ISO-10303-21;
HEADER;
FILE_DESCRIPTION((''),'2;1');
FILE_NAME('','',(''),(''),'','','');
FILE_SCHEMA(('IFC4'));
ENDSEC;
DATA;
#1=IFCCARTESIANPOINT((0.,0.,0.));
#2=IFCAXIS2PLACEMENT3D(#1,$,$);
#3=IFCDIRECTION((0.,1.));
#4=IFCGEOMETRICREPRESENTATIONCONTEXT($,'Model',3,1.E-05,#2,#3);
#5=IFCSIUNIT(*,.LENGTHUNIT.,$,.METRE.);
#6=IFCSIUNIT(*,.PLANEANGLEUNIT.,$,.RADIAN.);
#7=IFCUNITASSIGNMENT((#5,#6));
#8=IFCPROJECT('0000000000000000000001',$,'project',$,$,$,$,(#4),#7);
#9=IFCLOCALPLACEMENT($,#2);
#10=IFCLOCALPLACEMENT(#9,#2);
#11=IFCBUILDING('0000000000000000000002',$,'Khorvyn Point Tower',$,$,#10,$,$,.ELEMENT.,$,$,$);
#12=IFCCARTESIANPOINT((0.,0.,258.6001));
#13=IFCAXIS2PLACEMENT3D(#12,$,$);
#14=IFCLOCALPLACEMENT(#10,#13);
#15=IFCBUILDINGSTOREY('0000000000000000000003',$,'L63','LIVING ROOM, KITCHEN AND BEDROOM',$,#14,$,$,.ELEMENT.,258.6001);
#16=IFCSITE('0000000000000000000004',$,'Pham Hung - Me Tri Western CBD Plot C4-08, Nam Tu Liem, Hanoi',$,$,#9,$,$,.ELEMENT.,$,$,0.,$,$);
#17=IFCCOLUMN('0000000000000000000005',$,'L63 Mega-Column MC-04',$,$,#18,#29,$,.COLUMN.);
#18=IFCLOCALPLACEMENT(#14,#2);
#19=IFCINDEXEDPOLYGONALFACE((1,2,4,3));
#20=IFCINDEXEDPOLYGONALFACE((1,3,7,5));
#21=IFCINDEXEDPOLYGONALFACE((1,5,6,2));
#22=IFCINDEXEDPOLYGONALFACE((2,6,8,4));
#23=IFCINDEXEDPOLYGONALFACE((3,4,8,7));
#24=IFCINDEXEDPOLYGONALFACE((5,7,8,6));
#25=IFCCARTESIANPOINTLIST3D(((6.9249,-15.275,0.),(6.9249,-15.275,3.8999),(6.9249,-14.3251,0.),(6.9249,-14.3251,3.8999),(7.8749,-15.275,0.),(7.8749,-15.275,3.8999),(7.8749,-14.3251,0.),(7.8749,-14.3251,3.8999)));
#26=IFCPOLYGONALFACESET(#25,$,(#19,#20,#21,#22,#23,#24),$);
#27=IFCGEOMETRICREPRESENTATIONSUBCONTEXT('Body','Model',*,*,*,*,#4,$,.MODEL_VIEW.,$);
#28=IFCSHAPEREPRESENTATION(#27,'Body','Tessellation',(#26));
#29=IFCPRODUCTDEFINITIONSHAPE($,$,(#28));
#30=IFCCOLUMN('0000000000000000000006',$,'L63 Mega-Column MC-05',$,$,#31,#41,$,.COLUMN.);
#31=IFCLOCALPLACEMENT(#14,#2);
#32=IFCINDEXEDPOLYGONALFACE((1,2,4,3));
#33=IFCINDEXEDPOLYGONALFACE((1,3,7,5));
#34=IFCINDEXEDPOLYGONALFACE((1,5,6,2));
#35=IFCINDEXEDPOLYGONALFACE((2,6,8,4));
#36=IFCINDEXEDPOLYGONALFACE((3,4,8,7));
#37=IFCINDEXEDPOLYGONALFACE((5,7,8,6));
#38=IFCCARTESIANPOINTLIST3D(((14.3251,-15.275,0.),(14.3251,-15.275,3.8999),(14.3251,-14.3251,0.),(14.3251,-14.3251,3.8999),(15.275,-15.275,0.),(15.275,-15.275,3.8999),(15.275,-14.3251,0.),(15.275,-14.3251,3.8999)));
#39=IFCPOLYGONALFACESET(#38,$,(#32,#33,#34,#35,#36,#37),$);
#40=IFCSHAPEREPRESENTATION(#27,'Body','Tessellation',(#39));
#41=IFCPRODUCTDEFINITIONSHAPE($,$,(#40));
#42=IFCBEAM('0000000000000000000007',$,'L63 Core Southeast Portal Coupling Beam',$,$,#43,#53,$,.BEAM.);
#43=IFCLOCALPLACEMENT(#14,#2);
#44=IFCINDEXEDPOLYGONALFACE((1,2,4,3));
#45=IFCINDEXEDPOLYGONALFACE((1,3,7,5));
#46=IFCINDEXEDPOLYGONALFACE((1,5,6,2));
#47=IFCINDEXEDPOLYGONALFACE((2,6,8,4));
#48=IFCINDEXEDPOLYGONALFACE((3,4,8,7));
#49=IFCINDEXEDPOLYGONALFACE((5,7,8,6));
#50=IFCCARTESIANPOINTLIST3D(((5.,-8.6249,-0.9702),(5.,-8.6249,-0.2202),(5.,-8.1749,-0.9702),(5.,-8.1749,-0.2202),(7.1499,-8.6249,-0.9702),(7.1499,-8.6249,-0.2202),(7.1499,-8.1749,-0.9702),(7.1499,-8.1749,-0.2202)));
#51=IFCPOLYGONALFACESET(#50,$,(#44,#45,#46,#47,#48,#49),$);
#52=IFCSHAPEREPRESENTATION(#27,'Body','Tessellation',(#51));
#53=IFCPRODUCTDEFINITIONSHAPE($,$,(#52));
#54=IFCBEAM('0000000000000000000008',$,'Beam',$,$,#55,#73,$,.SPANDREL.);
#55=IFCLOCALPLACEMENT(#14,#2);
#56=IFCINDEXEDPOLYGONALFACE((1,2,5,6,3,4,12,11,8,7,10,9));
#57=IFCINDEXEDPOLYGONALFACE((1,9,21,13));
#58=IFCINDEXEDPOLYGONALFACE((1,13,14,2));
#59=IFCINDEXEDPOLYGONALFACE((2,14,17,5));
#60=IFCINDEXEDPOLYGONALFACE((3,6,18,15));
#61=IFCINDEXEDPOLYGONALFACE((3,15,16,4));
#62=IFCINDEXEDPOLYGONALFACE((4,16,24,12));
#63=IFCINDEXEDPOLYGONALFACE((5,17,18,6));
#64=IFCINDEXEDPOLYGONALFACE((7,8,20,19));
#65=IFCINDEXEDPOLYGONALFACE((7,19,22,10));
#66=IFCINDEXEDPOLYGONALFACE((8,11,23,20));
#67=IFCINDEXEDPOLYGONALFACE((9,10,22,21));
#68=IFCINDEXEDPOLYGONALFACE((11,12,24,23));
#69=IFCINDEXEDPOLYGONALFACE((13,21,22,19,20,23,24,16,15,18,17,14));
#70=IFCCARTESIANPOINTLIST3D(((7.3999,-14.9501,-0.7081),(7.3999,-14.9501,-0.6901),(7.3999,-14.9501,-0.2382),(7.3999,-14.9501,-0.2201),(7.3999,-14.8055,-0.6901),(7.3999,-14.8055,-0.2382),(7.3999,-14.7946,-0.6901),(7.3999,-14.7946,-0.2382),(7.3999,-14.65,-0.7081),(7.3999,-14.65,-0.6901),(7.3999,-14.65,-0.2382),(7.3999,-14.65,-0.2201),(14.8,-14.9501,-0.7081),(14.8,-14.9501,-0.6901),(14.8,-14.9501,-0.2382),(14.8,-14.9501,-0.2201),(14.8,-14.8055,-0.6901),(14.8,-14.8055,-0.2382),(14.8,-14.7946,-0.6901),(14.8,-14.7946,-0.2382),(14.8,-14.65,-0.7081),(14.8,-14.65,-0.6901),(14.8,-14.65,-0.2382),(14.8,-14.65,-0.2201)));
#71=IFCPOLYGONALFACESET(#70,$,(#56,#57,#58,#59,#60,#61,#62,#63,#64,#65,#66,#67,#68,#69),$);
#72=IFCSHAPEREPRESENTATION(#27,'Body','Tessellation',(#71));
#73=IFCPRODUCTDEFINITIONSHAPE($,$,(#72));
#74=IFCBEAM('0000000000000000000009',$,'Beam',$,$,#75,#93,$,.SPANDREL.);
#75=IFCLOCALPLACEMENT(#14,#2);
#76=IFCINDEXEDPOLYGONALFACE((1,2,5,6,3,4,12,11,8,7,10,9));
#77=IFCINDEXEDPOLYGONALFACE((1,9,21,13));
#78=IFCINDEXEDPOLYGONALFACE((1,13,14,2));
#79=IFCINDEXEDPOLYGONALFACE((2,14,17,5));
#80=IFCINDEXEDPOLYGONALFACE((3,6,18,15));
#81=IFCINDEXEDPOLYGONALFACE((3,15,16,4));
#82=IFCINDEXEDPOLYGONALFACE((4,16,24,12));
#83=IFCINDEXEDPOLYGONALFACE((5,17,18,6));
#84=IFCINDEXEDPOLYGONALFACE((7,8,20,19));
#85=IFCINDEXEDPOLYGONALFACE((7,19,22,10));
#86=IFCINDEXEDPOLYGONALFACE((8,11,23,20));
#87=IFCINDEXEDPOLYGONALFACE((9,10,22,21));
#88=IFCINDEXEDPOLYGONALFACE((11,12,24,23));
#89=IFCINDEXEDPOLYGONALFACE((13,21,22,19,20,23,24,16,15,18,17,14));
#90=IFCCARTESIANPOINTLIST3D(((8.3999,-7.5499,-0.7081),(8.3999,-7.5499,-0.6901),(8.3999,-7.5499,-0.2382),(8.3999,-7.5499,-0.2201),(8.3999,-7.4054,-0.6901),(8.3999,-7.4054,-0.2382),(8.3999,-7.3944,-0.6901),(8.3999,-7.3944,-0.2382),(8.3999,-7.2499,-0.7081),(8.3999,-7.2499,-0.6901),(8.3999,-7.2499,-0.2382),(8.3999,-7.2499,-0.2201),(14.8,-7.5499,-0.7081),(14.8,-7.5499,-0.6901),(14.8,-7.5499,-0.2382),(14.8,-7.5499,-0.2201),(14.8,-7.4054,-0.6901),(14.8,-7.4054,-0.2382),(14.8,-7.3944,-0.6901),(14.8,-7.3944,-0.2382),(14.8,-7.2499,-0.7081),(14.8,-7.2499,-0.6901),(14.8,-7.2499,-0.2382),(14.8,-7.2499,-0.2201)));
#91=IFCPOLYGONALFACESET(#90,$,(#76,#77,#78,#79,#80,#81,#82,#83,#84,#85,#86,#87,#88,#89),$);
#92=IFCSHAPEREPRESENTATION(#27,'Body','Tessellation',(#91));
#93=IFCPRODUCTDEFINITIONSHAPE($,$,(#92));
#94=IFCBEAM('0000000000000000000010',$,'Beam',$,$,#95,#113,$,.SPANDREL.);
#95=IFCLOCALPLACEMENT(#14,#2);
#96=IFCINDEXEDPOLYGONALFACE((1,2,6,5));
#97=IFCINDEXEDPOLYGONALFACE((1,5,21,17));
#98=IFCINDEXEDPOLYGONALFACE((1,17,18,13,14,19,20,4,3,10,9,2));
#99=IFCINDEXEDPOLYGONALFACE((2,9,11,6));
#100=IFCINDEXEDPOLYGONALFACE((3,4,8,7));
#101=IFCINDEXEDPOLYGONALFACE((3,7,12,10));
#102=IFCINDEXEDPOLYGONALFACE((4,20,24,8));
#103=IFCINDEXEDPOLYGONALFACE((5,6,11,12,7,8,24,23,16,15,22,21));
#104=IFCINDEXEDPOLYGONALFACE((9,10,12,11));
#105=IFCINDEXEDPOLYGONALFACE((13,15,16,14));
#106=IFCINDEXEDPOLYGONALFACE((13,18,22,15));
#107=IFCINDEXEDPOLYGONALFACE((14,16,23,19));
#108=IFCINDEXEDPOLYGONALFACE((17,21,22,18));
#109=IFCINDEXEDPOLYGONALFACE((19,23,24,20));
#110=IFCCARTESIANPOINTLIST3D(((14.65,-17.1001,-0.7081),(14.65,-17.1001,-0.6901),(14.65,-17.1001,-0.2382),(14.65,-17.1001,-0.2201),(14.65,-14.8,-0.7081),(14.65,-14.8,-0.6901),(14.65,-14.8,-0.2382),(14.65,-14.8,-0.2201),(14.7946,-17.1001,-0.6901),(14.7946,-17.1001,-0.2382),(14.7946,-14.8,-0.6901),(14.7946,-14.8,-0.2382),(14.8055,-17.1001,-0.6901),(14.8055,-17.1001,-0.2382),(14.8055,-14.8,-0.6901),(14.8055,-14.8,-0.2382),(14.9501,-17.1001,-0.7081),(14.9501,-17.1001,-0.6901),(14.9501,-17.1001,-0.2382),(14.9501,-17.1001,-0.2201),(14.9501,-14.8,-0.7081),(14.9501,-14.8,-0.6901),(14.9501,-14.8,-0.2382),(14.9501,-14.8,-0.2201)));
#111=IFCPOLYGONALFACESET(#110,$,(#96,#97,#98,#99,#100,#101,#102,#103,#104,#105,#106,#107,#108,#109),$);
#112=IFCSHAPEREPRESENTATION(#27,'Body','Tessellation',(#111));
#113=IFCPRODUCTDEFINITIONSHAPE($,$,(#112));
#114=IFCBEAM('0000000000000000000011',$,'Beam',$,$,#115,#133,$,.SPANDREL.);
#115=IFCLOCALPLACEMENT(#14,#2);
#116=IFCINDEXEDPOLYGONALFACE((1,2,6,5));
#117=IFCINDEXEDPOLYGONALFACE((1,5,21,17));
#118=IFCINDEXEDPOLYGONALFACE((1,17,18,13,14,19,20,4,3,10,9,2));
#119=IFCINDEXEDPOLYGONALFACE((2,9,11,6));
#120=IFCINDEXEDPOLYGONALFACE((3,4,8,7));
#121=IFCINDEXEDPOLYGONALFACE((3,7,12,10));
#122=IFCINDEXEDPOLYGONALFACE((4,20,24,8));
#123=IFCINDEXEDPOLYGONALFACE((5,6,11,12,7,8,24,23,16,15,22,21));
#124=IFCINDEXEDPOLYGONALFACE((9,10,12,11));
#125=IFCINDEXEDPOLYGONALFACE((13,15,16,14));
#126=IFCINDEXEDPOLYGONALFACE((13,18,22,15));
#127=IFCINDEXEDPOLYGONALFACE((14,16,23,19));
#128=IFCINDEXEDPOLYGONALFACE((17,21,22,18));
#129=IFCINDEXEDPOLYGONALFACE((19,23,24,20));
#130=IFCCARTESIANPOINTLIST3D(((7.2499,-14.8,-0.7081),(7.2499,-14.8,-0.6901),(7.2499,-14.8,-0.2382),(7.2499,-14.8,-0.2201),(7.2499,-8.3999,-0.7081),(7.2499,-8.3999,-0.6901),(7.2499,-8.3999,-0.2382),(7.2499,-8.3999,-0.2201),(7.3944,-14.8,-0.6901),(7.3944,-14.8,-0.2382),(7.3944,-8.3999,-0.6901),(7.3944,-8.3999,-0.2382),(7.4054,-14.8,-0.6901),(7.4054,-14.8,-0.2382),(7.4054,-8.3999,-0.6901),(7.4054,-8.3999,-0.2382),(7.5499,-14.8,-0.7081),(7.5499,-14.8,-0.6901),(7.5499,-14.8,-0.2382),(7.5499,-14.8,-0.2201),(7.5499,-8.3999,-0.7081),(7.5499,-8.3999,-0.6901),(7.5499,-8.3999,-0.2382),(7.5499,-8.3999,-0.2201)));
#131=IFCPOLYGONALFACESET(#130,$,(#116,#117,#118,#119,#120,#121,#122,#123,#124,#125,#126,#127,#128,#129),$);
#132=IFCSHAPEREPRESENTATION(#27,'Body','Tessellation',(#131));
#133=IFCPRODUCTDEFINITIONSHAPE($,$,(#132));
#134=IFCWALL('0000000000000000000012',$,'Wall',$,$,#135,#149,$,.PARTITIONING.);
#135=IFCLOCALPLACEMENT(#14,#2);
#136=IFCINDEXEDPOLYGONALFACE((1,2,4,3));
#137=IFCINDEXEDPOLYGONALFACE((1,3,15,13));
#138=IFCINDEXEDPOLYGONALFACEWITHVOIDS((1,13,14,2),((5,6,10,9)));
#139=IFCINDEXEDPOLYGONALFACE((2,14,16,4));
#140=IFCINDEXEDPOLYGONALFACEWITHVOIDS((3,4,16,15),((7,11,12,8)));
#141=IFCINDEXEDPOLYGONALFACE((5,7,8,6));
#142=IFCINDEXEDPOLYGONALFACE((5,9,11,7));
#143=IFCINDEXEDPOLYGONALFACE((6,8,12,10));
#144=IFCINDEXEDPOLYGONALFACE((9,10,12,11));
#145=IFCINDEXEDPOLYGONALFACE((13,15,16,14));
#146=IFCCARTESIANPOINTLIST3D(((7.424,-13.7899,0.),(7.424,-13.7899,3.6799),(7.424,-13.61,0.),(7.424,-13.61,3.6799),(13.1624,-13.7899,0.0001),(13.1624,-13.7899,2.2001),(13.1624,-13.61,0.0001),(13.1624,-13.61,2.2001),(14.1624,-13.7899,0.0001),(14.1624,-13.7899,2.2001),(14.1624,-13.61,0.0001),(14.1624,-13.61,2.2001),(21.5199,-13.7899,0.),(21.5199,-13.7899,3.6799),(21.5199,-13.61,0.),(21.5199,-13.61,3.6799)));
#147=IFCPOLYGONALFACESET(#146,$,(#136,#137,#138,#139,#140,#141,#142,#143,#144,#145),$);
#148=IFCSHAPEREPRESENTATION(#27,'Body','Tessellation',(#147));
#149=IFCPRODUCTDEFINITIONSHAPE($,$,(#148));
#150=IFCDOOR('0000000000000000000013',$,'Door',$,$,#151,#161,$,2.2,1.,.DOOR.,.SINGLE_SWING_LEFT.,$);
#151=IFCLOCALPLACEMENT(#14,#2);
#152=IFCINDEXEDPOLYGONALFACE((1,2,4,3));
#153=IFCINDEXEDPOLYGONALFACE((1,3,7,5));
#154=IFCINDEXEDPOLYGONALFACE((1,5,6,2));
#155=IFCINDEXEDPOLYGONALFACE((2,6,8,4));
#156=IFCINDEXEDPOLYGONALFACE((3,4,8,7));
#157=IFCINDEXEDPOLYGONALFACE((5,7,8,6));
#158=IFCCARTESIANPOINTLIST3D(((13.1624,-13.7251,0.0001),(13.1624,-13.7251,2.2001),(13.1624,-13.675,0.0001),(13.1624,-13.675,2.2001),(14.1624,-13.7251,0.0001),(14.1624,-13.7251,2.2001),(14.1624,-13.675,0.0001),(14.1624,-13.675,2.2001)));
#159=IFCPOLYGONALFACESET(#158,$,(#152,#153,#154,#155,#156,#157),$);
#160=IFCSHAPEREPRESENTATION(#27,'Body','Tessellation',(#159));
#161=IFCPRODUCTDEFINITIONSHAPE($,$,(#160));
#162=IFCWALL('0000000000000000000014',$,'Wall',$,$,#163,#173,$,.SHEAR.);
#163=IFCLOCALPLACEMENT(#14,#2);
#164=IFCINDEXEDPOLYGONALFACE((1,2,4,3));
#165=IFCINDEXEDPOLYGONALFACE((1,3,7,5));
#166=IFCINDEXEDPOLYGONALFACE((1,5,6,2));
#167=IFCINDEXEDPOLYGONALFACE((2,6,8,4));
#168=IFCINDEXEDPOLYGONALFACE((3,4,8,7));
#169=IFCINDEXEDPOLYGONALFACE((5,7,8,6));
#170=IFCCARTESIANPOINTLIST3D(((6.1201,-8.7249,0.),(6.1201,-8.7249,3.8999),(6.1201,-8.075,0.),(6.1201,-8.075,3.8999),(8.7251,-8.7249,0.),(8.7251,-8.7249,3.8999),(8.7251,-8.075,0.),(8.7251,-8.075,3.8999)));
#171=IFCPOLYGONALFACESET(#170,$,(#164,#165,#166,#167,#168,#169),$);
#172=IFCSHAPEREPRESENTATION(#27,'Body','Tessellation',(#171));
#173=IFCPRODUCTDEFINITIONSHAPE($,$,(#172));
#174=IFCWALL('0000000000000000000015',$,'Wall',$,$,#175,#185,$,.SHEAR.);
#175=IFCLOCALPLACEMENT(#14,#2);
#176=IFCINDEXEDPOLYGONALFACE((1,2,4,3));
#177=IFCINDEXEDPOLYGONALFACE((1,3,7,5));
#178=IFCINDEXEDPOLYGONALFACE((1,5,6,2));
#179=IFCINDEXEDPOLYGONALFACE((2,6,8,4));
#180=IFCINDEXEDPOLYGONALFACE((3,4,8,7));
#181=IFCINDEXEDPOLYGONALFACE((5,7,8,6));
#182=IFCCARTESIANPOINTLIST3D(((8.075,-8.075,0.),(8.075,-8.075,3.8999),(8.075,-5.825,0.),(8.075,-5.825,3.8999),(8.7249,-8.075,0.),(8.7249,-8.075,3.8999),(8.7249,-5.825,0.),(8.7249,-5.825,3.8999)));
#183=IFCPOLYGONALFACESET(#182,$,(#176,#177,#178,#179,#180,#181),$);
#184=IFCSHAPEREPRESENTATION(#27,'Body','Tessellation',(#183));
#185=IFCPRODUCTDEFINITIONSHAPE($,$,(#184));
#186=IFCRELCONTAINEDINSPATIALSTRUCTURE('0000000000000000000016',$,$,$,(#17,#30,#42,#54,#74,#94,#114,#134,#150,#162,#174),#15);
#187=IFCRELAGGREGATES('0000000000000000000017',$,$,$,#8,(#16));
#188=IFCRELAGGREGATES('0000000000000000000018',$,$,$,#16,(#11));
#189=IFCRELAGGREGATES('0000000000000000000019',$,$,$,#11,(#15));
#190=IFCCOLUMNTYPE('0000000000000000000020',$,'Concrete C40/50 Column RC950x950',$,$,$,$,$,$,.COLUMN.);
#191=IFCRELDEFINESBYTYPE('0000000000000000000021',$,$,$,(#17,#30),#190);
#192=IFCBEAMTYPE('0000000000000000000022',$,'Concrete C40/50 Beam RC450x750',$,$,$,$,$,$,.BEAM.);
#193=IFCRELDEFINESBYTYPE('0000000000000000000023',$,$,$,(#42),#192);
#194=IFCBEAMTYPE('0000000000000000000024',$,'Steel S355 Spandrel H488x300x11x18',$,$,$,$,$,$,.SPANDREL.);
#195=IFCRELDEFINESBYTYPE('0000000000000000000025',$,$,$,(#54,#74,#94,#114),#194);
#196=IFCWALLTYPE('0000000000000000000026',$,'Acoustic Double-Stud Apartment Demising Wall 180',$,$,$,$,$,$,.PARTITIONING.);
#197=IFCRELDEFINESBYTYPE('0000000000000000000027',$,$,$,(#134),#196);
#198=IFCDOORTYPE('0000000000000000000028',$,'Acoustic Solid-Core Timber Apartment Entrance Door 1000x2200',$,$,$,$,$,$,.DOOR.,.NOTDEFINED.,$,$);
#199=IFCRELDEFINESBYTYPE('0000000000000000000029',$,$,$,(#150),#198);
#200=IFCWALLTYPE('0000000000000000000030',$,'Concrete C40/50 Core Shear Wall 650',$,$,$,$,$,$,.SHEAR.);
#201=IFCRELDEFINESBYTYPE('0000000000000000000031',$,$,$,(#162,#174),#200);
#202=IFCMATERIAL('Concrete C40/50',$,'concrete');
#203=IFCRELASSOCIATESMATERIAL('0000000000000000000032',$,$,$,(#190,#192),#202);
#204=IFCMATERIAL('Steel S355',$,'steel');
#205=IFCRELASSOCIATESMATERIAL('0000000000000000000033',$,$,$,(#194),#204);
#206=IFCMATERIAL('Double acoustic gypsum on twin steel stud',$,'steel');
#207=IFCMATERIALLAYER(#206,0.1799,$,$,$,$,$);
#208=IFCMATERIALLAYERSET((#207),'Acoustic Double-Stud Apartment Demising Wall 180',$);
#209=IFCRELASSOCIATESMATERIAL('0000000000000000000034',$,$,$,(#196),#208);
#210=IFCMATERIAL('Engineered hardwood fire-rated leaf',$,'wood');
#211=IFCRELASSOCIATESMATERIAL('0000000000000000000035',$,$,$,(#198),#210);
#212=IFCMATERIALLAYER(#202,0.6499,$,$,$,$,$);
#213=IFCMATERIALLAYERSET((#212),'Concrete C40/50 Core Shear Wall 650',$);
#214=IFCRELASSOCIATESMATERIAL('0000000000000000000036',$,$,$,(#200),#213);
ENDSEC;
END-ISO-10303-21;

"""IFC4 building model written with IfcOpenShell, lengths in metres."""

from ifc_helpers import new_model, si_unit, direction, frame, frame_2d, origin, origin_2d, place, context, subcontext, project, spatial, rectangle, i_section, extrude, material, layer, layer_set, material_profile, profile_set, type_object, element, fill, save


model = new_model("IFC4")

# Units and contexts
model_context = context("Model", 3, precision=1e-05, world=origin(), true_north=direction((0.0, 1.0)))
body_context = subcontext(model_context, "Body", "Model", "MODEL_VIEW")
ifc_project = project(units=[si_unit("LENGTHUNIT", "METRE"), si_unit("PLANEANGLEUNIT", "RADIAN")], contexts=[model_context])

# Site, building, storey
site_placement = place(None, origin())
site = spatial("IfcSite", under=ifc_project, at=site_placement, Name="Pham Hung - Me Tri Western CBD Plot C4-08, Nam Tu Liem, Hanoi", CompositionType="ELEMENT", RefElevation=0.0)
building_placement = place(site_placement, origin())
building = spatial("IfcBuilding", under=site, at=building_placement, Name="Khorvyn Point Tower", CompositionType="ELEMENT")
storey_placement = place(building_placement, frame((0.0, 0.0, 258.6001)))
storey = spatial("IfcBuildingStorey", under=building, at=storey_placement, Name="L63", Description="LIVING ROOM, KITCHEN AND BEDROOM", CompositionType="ELEMENT", Elevation=258.6001)

# Columns
ifc_material_1 = material(Name="Concrete C40/50", Category="concrete")
ifc_material_profile_1 = material_profile(ifc_material_1, rectangle(XDim=0.95, YDim=0.95, at=origin_2d()))
ifc_profile_set_1 = profile_set([ifc_material_profile_1], Name="Concrete C40/50 RC950x950")
column_type = type_object("IfcColumnType", Name="Concrete C40/50 Column RC950x950", PredefinedType="COLUMN", material=ifc_profile_set_1)
for number, where, z_axis, x_axis, name in (
    (1, (7.3999, -14.8, 0.0), (0.0, 0.0, 1.0), (1.0, 0.0, 0.0), "L63 Mega-Column MC-04"),
    (2, (14.8, -14.8, 0.0), (0.0, 0.0, 1.0), (1.0, 0.0, 0.0), "L63 Mega-Column MC-05"),
):
    element("IfcColumn", number, at=place(storey_placement, frame(where, z_axis=z_axis, x_axis=x_axis)), inside=storey, type_object=column_type, Name=name, PredefinedType="COLUMN", context=body_context, shape_type="SweptSolid", body=[
        extrude(rectangle(XDim=0.95, YDim=0.95, at=origin_2d()), origin(), (0.0, 0.0, 1.0), 3.8999),
    ])

# Beams
ifc_material_profile_2 = material_profile(ifc_material_1, rectangle(XDim=0.45, YDim=0.75, at=origin_2d()))
ifc_profile_set_2 = profile_set([ifc_material_profile_2], Name="Concrete C40/50 RC450x750")
beam_type_1 = type_object("IfcBeamType", Name="Concrete C40/50 Beam RC450x750", PredefinedType="BEAM", material=ifc_profile_set_2)
beam_1_placement = place(storey_placement, frame((5.0, -8.3999, -0.5952), z_axis=(1.0, 0.0, 0.0), x_axis=(0.0, 1.0, 0.0)))
element("IfcBeam", 3, at=beam_1_placement, inside=storey, type_object=beam_type_1, Name="L63 Core Southeast Portal Coupling Beam", PredefinedType="BEAM", context=body_context, shape_type="SweptSolid", body=[
    extrude(rectangle(XDim=0.45, YDim=0.75, at=origin_2d()), origin(), (0.0, 0.0, 1.0), 2.1499),
])
ifc_material_2 = material(Name="Steel S355", Category="steel")
ifc_material_profile_3 = material_profile(ifc_material_2, i_section(OverallWidth=0.3, OverallDepth=0.488, WebThickness=0.011, FlangeThickness=0.0181, at=origin_2d()))
ifc_profile_set_3 = profile_set([ifc_material_profile_3], Name="Steel S355 H488x300x11x18")
beam_type_2 = type_object("IfcBeamType", Name="Steel S355 Spandrel H488x300x11x18", PredefinedType="SPANDREL", material=ifc_profile_set_3)
beam_2_placement = place(storey_placement, frame((7.3999, -14.8, -0.4641), z_axis=(1.0, 0.0, 0.0), x_axis=(0.0, 1.0, 0.0)))
element("IfcBeam", 4, at=beam_2_placement, inside=storey, type_object=beam_type_2, Name="Beam", PredefinedType="SPANDREL", context=body_context, shape_type="SweptSolid", body=[
    extrude(i_section(OverallWidth=0.3, OverallDepth=0.488, WebThickness=0.011, FlangeThickness=0.0181, at=origin_2d()), origin(), (0.0, 0.0, 1.0), 7.4001),
])
beam_3_placement = place(storey_placement, frame((8.3999, -7.3999, -0.4641), z_axis=(1.0, 0.0, 0.0), x_axis=(0.0, 1.0, 0.0)))
element("IfcBeam", 5, at=beam_3_placement, inside=storey, type_object=beam_type_2, Name="Beam", PredefinedType="SPANDREL", context=body_context, shape_type="SweptSolid", body=[
    extrude(i_section(OverallWidth=0.3, OverallDepth=0.488, WebThickness=0.011, FlangeThickness=0.0181, at=origin_2d()), origin(), (0.0, 0.0, 1.0), 6.4001),
])
beam_4_placement = place(storey_placement, frame((14.8, -17.1001, -0.4641), z_axis=(0.0, 1.0, 0.0), x_axis=(-1.0, 0.0, 0.0)))
element("IfcBeam", 6, at=beam_4_placement, inside=storey, type_object=beam_type_2, Name="Beam", PredefinedType="SPANDREL", context=body_context, shape_type="SweptSolid", body=[
    extrude(i_section(OverallWidth=0.3, OverallDepth=0.488, WebThickness=0.011, FlangeThickness=0.0181, at=origin_2d()), origin(), (0.0, 0.0, 1.0), 2.3),
])
beam_5_placement = place(storey_placement, frame((7.3999, -14.8, -0.4641), z_axis=(0.0, 1.0, 0.0), x_axis=(-1.0, 0.0, 0.0)))
element("IfcBeam", 7, at=beam_5_placement, inside=storey, type_object=beam_type_2, Name="Beam", PredefinedType="SPANDREL", context=body_context, shape_type="SweptSolid", body=[
    extrude(i_section(OverallWidth=0.3, OverallDepth=0.488, WebThickness=0.011, FlangeThickness=0.0181, at=origin_2d()), origin(), (0.0, 0.0, 1.0), 6.4001),
])

# Wall, opening, door
ifc_material_3 = material(Name="Double acoustic gypsum on twin steel stud", Category="steel")
ifc_layer_1 = layer(ifc_material_3, 0.1799)
ifc_layer_set_1 = layer_set([ifc_layer_1], Name="Acoustic Double-Stud Apartment Demising Wall 180")
wall_type_1 = type_object("IfcWallType", Name="Acoustic Double-Stud Apartment Demising Wall 180", PredefinedType="PARTITIONING", material=ifc_layer_set_1)
wall_1_placement = place(storey_placement, frame((7.4241, -13.7, 0.0), z_axis=(0.0, 0.0, 1.0), x_axis=(1.0, 0.0, 0.0)))
wall_1 = element("IfcWall", 8, at=wall_1_placement, inside=storey, type_object=wall_type_1, Name="Wall", PredefinedType="PARTITIONING", context=body_context, shape_type="SweptSolid", body=[
    extrude(rectangle(XDim=14.0959, YDim=0.1799, at=frame_2d((7.0479, 0.0))), origin(), (0.0, 0.0, 1.0), 3.6799),
])
opening_1_placement = place(wall_1_placement, frame((5.7383, 0.0, 0.0)))
opening_1 = element("IfcOpeningElement", 9, at=opening_1_placement, cuts=wall_1, PredefinedType="OPENING", context=body_context, shape_type="SweptSolid", body=[
    extrude(rectangle(XDim=1.0, YDim=2.2, at=frame_2d((0.5, 1.1001))), frame((0.0, 0.0999, 0.0), z_axis=(0.0, -1.0, 0.0), x_axis=(1.0, 0.0, 0.0)), (0.0, 0.0, 1.0), 0.2),
])
ifc_material_4 = material(Name="Engineered hardwood fire-rated leaf", Category="wood")
door_type_1 = type_object("IfcDoorType", Name="Acoustic Solid-Core Timber Apartment Entrance Door 1000x2200", OperationType="NOTDEFINED", PredefinedType="DOOR", material=ifc_material_4)
door_1_placement = place(opening_1_placement, origin())
door_1 = element("IfcDoor", 10, at=door_1_placement, inside=storey, type_object=door_type_1, Name="Door", OperationType="SINGLE_SWING_LEFT", OverallHeight=2.2, OverallWidth=1.0, PredefinedType="DOOR", context=body_context, shape_type="SweptSolid", body=[
    extrude(rectangle(XDim=1.0, YDim=2.2, at=frame_2d((0.5, 1.1001))), frame((0.0, 0.0249, 0.0), z_axis=(0.0, -1.0, 0.0), x_axis=(1.0, 0.0, 0.0)), (0.0, 0.0, 1.0), 0.05),
])
fill(opening_1, door_1)

# Walls
ifc_layer_2 = layer(ifc_material_1, 0.6499)
ifc_layer_set_2 = layer_set([ifc_layer_2], Name="Concrete C40/50 Core Shear Wall 650")
wall_type_2 = type_object("IfcWallType", Name="Concrete C40/50 Core Shear Wall 650", PredefinedType="SHEAR", material=ifc_layer_set_2)
wall_2_placement = place(storey_placement, frame((6.1201, -8.3999, 0.0), z_axis=(0.0, 0.0, 1.0), x_axis=(1.0, 0.0, 0.0)))
element("IfcWall", 11, at=wall_2_placement, inside=storey, type_object=wall_type_2, Name="Wall", PredefinedType="SHEAR", context=body_context, shape_type="SweptSolid", body=[
    extrude(rectangle(XDim=2.605, YDim=0.6499, at=frame_2d((1.3025, 0.0))), origin(), (0.0, 0.0, 1.0), 3.8999),
])
wall_3_placement = place(storey_placement, frame((8.3999, -8.075, 0.0), z_axis=(0.0, 0.0, 1.0), x_axis=(0.0, 1.0, 0.0)))
element("IfcWall", 12, at=wall_3_placement, inside=storey, type_object=wall_type_2, Name="Wall", PredefinedType="SHEAR", context=body_context, shape_type="SweptSolid", body=[
    extrude(rectangle(XDim=2.25, YDim=0.6499, at=frame_2d((1.125, 0.0))), origin(), (0.0, 0.0, 1.0), 3.8999),
])

save(model, "model.ifc")
